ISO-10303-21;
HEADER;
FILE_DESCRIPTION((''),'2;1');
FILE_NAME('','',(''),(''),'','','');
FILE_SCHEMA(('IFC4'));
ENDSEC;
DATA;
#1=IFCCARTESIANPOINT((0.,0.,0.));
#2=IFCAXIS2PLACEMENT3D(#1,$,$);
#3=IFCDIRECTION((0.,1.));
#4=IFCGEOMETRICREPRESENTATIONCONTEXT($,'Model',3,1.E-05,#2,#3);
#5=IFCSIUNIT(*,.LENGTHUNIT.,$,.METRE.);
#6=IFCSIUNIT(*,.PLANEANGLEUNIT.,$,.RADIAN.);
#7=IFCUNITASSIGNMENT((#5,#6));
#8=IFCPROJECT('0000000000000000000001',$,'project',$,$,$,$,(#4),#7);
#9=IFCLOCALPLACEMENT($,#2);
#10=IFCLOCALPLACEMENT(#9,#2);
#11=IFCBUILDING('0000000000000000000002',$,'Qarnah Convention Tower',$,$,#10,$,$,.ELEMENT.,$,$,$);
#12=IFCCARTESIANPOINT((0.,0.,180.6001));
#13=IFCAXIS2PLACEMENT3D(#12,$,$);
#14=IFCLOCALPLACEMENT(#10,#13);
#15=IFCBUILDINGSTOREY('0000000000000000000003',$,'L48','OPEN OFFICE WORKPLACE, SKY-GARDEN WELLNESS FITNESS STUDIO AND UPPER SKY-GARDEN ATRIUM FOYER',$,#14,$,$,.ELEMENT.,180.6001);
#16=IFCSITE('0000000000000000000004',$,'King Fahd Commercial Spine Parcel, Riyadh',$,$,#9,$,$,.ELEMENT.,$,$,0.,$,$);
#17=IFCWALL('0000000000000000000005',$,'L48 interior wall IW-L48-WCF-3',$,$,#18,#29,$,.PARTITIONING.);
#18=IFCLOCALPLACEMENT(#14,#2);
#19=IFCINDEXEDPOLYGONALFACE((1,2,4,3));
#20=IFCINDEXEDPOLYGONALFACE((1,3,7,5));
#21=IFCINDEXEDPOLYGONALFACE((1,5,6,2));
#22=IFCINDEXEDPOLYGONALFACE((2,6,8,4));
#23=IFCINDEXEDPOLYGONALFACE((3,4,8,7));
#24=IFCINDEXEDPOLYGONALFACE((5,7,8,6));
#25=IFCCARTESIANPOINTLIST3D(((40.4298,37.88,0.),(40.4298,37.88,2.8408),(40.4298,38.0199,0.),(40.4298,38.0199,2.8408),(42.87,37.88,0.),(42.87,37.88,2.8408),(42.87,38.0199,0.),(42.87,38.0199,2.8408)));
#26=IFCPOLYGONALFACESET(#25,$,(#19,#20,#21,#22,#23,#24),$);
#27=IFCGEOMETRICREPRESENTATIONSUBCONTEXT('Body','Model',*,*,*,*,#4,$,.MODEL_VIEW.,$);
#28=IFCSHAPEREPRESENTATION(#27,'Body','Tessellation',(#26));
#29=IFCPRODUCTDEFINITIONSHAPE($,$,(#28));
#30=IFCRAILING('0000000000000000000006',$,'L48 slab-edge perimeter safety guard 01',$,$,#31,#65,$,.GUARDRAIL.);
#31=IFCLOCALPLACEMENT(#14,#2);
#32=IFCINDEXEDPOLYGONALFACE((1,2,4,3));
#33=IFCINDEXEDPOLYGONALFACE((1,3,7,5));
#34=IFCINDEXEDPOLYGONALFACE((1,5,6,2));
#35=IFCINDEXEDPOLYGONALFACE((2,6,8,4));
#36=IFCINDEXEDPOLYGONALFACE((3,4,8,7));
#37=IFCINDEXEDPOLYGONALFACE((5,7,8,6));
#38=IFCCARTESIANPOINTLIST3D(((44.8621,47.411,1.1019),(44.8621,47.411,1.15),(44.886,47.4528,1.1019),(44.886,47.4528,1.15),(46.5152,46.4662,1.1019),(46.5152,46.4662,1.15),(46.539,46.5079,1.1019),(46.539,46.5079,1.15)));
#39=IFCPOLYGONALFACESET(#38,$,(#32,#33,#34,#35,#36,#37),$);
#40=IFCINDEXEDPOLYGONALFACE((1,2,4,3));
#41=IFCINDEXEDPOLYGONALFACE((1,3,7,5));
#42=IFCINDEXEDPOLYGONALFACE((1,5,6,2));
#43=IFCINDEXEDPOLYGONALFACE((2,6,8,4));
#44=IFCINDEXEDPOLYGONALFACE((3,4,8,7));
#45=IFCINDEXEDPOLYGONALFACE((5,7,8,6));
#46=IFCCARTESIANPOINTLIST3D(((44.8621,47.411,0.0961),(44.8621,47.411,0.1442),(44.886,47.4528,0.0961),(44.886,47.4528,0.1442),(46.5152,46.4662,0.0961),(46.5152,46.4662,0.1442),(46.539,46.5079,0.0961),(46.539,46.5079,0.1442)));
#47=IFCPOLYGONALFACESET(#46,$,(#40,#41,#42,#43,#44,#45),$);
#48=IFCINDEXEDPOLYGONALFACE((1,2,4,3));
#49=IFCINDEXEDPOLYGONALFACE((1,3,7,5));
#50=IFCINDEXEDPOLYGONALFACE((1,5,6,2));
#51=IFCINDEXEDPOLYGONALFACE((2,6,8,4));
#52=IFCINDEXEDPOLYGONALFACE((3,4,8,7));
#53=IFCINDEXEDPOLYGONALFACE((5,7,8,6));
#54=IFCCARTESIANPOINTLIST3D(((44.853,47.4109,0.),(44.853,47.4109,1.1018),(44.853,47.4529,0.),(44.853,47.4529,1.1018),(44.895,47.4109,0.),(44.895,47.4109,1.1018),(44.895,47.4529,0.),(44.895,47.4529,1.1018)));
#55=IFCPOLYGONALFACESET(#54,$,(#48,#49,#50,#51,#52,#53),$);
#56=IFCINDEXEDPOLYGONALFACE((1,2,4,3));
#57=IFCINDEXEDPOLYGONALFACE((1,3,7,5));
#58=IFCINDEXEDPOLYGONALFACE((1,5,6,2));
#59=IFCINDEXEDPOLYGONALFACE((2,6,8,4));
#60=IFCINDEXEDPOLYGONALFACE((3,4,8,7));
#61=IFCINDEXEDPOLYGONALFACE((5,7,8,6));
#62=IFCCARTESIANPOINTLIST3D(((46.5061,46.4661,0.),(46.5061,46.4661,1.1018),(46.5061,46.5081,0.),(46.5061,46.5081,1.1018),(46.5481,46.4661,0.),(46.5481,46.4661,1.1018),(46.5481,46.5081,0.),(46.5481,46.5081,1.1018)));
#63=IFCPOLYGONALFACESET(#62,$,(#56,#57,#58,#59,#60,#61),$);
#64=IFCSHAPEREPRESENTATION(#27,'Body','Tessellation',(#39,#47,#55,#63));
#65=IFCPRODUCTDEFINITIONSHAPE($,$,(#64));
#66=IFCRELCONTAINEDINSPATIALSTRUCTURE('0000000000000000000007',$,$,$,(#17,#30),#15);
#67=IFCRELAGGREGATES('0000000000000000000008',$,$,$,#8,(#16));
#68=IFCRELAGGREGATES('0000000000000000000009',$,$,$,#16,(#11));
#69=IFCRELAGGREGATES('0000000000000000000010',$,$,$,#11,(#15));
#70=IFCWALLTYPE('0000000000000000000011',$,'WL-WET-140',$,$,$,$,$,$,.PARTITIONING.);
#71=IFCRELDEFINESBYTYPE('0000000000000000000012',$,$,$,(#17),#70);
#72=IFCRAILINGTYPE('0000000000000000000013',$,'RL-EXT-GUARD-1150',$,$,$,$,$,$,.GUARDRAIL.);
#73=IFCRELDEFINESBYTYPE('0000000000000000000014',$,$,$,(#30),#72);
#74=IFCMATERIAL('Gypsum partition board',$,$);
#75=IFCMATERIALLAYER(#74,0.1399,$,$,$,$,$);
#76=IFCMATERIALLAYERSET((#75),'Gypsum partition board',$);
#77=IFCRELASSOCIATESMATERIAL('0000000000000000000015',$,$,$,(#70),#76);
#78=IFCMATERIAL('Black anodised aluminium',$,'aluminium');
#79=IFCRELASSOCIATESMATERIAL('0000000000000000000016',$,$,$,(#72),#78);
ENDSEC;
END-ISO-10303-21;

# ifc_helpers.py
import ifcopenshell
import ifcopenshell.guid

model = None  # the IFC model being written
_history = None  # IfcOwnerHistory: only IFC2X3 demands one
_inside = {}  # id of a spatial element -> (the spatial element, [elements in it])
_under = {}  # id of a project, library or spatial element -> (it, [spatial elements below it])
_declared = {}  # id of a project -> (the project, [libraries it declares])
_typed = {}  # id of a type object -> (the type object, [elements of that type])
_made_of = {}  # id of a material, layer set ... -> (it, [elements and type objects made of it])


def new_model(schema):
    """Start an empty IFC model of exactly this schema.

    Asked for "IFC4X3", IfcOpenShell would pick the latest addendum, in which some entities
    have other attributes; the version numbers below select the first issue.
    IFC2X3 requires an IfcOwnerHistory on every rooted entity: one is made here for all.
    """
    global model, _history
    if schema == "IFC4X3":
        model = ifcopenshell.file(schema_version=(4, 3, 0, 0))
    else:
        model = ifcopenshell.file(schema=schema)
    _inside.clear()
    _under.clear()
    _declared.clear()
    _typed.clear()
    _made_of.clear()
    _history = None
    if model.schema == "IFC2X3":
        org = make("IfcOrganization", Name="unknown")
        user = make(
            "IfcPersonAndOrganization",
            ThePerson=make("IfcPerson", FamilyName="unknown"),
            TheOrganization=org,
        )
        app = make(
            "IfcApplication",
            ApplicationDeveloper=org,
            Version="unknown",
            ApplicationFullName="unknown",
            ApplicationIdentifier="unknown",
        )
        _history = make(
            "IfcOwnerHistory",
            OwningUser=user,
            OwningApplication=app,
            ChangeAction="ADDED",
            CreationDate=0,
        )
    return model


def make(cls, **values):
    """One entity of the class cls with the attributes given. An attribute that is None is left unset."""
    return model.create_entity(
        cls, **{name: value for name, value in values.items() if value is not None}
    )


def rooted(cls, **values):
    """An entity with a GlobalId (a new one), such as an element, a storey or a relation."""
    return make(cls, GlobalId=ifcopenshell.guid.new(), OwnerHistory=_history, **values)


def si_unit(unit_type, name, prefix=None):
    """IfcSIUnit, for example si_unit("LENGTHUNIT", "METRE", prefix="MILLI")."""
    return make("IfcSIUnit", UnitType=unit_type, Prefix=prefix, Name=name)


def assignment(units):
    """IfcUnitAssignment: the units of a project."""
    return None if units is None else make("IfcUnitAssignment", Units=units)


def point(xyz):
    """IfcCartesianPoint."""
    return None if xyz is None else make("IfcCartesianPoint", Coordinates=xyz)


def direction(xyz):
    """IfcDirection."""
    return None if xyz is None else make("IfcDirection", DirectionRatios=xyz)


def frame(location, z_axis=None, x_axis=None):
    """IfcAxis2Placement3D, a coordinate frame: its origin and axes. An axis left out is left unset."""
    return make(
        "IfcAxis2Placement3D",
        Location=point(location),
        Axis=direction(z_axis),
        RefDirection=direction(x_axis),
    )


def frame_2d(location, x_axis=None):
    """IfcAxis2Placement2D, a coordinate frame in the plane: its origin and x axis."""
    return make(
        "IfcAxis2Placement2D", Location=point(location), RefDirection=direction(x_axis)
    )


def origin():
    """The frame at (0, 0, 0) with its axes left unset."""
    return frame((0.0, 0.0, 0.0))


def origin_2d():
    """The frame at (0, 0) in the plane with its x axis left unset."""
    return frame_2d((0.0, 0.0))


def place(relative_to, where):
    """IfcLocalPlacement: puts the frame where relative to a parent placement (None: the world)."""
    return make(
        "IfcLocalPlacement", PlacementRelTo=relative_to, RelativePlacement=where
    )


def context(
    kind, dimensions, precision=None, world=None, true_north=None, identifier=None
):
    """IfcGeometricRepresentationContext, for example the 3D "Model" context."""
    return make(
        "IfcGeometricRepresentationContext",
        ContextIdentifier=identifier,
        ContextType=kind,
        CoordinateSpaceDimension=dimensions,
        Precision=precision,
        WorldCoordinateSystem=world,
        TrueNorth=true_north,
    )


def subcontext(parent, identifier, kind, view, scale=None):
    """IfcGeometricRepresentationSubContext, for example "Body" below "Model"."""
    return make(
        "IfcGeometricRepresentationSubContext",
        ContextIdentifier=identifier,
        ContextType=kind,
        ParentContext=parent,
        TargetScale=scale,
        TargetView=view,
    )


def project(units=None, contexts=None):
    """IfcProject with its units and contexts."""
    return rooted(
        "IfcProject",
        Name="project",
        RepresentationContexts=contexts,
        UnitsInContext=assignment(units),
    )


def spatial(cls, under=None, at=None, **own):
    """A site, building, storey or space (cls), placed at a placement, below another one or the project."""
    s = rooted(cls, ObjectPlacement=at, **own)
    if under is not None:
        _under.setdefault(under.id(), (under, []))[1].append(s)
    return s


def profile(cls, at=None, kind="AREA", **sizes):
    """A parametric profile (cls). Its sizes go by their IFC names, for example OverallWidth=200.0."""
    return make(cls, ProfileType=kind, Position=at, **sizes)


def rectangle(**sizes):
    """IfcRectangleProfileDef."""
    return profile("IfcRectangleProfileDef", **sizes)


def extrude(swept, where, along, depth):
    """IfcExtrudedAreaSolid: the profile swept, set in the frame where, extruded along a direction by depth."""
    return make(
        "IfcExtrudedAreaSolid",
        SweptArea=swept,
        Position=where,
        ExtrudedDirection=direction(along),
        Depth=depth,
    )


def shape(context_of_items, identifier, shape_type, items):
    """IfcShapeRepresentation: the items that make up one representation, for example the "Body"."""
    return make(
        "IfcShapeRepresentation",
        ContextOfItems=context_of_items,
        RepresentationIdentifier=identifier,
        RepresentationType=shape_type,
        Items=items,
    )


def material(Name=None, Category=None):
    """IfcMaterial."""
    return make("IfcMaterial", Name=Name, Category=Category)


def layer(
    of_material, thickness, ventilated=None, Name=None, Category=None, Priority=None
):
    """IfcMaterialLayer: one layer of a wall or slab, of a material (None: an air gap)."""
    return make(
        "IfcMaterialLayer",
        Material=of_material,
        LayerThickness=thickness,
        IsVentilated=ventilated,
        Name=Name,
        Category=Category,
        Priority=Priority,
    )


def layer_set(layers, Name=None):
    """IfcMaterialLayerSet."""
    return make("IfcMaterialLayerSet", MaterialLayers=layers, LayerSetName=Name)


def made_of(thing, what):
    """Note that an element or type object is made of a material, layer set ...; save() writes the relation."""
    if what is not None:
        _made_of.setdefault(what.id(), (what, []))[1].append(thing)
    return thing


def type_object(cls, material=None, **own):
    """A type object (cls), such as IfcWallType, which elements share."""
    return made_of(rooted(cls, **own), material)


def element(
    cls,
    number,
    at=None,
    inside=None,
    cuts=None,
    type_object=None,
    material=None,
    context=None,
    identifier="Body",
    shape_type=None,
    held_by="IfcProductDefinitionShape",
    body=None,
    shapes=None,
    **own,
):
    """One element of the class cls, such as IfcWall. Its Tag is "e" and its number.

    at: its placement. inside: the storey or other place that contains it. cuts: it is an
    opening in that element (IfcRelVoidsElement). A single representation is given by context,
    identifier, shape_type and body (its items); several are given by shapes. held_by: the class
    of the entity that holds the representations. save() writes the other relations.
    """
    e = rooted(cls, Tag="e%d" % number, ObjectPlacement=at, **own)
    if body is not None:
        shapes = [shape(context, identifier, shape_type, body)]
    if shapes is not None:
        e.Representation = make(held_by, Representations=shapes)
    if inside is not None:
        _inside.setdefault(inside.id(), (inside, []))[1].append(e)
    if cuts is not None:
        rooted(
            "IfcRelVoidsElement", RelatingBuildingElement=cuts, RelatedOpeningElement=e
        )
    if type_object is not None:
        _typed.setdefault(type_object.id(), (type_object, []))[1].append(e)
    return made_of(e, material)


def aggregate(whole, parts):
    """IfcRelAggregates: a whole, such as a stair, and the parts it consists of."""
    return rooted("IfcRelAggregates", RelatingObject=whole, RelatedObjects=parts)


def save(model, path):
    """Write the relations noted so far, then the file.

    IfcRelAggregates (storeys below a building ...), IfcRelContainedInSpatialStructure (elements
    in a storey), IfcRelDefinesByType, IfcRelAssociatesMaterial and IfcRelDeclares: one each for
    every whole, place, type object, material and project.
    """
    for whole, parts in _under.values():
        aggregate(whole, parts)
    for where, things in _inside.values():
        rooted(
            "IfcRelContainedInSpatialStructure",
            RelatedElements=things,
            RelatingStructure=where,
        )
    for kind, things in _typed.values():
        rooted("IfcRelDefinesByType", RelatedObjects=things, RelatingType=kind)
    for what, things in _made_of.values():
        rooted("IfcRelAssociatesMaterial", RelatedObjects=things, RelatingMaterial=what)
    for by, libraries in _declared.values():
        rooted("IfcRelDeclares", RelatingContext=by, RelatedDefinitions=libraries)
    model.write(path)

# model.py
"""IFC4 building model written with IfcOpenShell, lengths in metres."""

from ifc_helpers import new_model, si_unit, direction, frame, frame_2d, origin, origin_2d, place, context, subcontext, project, spatial, rectangle, extrude, material, layer, layer_set, type_object, element, save


model = new_model("IFC4")

# Units and contexts
model_context = context("Model", 3, precision=1e-05, world=origin(), true_north=direction((0.0, 1.0)))
body_context = subcontext(model_context, "Body", "Model", "MODEL_VIEW")
ifc_project = project(units=[si_unit("LENGTHUNIT", "METRE"), si_unit("PLANEANGLEUNIT", "RADIAN")], contexts=[model_context])

# Site, building, storey
site_placement = place(None, origin())
site = spatial("IfcSite", under=ifc_project, at=site_placement, Name="King Fahd Commercial Spine Parcel, Riyadh", CompositionType="ELEMENT", RefElevation=0.0)
building_placement = place(site_placement, origin())
building = spatial("IfcBuilding", under=site, at=building_placement, Name="Qarnah Convention Tower", CompositionType="ELEMENT")
storey_placement = place(building_placement, frame((0.0, 0.0, 180.6001)))
storey = spatial("IfcBuildingStorey", under=building, at=storey_placement, Name="L48", Description="OPEN OFFICE WORKPLACE, SKY-GARDEN WELLNESS FITNESS STUDIO AND UPPER SKY-GARDEN ATRIUM FOYER", CompositionType="ELEMENT", Elevation=180.6001)

# Shared definitions
ifc_material_1 = material(Name="Black anodised aluminium", Category="aluminium")

# Shared definitions
ifc_material_2 = material(Name="Gypsum partition board")

# Shared definitions
ifc_layer_1 = layer(ifc_material_2, 0.1399)
ifc_layer_set_1 = layer_set([ifc_layer_1], Name="Gypsum partition board")
wall_type_1 = type_object("IfcWallType", Name="WL-WET-140", PredefinedType="PARTITIONING", material=ifc_layer_set_1)

# Wall
wall_1_placement = place(storey_placement, frame((42.8701, 37.95, 0.0), z_axis=(0.0, 0.0, 1.0), x_axis=(-1.0, 0.0, 0.0)))
element("IfcWall", 1, at=wall_1_placement, inside=storey, type_object=wall_type_1, Name="L48 interior wall IW-L48-WCF-3", PredefinedType="PARTITIONING", context=body_context, shape_type="SweptSolid", body=[
    extrude(rectangle(XDim=2.4402, YDim=0.1399, at=frame_2d((1.2202, 0.0))), origin(), (0.0, 0.0, 1.0), 2.8408),
])

# Railing
railing_type = type_object("IfcRailingType", Name="RL-EXT-GUARD-1150", PredefinedType="GUARDRAIL", material=ifc_material_1)
railing_1_placement = place(storey_placement, frame((44.874, 47.4319, 0.0)))
element("IfcRailing", 2, at=railing_1_placement, inside=storey, type_object=railing_type, Name="L48 slab-edge perimeter safety guard 01", PredefinedType="GUARDRAIL", context=body_context, shape_type="SweptSolid", body=[
    extrude(rectangle(XDim=0.0481, YDim=0.0481, at=origin_2d()), frame((0.0, 0.0, 1.126), z_axis=(0.868196, -0.496222, 0.0), x_axis=(0.496222, 0.868196, 0.0)), (0.0, 0.0, 1.0), 1.9041),
    extrude(rectangle(XDim=0.0481, YDim=0.0481, at=origin_2d()), frame((0.0, 0.0, 0.1201), z_axis=(0.868196, -0.496222, 0.0), x_axis=(0.496222, 0.868196, 0.0)), (0.0, 0.0, 1.0), 1.9041),
    extrude(rectangle(XDim=0.042, YDim=0.042, at=origin_2d()), origin(), (0.0, 0.0, 1.0), 1.1018),
    extrude(rectangle(XDim=0.042, YDim=0.042, at=origin_2d()), frame((1.6531, -0.9448, 0.0)), (0.0, 0.0, 1.0), 1.1018),
])

save(model, "model.ifc")
